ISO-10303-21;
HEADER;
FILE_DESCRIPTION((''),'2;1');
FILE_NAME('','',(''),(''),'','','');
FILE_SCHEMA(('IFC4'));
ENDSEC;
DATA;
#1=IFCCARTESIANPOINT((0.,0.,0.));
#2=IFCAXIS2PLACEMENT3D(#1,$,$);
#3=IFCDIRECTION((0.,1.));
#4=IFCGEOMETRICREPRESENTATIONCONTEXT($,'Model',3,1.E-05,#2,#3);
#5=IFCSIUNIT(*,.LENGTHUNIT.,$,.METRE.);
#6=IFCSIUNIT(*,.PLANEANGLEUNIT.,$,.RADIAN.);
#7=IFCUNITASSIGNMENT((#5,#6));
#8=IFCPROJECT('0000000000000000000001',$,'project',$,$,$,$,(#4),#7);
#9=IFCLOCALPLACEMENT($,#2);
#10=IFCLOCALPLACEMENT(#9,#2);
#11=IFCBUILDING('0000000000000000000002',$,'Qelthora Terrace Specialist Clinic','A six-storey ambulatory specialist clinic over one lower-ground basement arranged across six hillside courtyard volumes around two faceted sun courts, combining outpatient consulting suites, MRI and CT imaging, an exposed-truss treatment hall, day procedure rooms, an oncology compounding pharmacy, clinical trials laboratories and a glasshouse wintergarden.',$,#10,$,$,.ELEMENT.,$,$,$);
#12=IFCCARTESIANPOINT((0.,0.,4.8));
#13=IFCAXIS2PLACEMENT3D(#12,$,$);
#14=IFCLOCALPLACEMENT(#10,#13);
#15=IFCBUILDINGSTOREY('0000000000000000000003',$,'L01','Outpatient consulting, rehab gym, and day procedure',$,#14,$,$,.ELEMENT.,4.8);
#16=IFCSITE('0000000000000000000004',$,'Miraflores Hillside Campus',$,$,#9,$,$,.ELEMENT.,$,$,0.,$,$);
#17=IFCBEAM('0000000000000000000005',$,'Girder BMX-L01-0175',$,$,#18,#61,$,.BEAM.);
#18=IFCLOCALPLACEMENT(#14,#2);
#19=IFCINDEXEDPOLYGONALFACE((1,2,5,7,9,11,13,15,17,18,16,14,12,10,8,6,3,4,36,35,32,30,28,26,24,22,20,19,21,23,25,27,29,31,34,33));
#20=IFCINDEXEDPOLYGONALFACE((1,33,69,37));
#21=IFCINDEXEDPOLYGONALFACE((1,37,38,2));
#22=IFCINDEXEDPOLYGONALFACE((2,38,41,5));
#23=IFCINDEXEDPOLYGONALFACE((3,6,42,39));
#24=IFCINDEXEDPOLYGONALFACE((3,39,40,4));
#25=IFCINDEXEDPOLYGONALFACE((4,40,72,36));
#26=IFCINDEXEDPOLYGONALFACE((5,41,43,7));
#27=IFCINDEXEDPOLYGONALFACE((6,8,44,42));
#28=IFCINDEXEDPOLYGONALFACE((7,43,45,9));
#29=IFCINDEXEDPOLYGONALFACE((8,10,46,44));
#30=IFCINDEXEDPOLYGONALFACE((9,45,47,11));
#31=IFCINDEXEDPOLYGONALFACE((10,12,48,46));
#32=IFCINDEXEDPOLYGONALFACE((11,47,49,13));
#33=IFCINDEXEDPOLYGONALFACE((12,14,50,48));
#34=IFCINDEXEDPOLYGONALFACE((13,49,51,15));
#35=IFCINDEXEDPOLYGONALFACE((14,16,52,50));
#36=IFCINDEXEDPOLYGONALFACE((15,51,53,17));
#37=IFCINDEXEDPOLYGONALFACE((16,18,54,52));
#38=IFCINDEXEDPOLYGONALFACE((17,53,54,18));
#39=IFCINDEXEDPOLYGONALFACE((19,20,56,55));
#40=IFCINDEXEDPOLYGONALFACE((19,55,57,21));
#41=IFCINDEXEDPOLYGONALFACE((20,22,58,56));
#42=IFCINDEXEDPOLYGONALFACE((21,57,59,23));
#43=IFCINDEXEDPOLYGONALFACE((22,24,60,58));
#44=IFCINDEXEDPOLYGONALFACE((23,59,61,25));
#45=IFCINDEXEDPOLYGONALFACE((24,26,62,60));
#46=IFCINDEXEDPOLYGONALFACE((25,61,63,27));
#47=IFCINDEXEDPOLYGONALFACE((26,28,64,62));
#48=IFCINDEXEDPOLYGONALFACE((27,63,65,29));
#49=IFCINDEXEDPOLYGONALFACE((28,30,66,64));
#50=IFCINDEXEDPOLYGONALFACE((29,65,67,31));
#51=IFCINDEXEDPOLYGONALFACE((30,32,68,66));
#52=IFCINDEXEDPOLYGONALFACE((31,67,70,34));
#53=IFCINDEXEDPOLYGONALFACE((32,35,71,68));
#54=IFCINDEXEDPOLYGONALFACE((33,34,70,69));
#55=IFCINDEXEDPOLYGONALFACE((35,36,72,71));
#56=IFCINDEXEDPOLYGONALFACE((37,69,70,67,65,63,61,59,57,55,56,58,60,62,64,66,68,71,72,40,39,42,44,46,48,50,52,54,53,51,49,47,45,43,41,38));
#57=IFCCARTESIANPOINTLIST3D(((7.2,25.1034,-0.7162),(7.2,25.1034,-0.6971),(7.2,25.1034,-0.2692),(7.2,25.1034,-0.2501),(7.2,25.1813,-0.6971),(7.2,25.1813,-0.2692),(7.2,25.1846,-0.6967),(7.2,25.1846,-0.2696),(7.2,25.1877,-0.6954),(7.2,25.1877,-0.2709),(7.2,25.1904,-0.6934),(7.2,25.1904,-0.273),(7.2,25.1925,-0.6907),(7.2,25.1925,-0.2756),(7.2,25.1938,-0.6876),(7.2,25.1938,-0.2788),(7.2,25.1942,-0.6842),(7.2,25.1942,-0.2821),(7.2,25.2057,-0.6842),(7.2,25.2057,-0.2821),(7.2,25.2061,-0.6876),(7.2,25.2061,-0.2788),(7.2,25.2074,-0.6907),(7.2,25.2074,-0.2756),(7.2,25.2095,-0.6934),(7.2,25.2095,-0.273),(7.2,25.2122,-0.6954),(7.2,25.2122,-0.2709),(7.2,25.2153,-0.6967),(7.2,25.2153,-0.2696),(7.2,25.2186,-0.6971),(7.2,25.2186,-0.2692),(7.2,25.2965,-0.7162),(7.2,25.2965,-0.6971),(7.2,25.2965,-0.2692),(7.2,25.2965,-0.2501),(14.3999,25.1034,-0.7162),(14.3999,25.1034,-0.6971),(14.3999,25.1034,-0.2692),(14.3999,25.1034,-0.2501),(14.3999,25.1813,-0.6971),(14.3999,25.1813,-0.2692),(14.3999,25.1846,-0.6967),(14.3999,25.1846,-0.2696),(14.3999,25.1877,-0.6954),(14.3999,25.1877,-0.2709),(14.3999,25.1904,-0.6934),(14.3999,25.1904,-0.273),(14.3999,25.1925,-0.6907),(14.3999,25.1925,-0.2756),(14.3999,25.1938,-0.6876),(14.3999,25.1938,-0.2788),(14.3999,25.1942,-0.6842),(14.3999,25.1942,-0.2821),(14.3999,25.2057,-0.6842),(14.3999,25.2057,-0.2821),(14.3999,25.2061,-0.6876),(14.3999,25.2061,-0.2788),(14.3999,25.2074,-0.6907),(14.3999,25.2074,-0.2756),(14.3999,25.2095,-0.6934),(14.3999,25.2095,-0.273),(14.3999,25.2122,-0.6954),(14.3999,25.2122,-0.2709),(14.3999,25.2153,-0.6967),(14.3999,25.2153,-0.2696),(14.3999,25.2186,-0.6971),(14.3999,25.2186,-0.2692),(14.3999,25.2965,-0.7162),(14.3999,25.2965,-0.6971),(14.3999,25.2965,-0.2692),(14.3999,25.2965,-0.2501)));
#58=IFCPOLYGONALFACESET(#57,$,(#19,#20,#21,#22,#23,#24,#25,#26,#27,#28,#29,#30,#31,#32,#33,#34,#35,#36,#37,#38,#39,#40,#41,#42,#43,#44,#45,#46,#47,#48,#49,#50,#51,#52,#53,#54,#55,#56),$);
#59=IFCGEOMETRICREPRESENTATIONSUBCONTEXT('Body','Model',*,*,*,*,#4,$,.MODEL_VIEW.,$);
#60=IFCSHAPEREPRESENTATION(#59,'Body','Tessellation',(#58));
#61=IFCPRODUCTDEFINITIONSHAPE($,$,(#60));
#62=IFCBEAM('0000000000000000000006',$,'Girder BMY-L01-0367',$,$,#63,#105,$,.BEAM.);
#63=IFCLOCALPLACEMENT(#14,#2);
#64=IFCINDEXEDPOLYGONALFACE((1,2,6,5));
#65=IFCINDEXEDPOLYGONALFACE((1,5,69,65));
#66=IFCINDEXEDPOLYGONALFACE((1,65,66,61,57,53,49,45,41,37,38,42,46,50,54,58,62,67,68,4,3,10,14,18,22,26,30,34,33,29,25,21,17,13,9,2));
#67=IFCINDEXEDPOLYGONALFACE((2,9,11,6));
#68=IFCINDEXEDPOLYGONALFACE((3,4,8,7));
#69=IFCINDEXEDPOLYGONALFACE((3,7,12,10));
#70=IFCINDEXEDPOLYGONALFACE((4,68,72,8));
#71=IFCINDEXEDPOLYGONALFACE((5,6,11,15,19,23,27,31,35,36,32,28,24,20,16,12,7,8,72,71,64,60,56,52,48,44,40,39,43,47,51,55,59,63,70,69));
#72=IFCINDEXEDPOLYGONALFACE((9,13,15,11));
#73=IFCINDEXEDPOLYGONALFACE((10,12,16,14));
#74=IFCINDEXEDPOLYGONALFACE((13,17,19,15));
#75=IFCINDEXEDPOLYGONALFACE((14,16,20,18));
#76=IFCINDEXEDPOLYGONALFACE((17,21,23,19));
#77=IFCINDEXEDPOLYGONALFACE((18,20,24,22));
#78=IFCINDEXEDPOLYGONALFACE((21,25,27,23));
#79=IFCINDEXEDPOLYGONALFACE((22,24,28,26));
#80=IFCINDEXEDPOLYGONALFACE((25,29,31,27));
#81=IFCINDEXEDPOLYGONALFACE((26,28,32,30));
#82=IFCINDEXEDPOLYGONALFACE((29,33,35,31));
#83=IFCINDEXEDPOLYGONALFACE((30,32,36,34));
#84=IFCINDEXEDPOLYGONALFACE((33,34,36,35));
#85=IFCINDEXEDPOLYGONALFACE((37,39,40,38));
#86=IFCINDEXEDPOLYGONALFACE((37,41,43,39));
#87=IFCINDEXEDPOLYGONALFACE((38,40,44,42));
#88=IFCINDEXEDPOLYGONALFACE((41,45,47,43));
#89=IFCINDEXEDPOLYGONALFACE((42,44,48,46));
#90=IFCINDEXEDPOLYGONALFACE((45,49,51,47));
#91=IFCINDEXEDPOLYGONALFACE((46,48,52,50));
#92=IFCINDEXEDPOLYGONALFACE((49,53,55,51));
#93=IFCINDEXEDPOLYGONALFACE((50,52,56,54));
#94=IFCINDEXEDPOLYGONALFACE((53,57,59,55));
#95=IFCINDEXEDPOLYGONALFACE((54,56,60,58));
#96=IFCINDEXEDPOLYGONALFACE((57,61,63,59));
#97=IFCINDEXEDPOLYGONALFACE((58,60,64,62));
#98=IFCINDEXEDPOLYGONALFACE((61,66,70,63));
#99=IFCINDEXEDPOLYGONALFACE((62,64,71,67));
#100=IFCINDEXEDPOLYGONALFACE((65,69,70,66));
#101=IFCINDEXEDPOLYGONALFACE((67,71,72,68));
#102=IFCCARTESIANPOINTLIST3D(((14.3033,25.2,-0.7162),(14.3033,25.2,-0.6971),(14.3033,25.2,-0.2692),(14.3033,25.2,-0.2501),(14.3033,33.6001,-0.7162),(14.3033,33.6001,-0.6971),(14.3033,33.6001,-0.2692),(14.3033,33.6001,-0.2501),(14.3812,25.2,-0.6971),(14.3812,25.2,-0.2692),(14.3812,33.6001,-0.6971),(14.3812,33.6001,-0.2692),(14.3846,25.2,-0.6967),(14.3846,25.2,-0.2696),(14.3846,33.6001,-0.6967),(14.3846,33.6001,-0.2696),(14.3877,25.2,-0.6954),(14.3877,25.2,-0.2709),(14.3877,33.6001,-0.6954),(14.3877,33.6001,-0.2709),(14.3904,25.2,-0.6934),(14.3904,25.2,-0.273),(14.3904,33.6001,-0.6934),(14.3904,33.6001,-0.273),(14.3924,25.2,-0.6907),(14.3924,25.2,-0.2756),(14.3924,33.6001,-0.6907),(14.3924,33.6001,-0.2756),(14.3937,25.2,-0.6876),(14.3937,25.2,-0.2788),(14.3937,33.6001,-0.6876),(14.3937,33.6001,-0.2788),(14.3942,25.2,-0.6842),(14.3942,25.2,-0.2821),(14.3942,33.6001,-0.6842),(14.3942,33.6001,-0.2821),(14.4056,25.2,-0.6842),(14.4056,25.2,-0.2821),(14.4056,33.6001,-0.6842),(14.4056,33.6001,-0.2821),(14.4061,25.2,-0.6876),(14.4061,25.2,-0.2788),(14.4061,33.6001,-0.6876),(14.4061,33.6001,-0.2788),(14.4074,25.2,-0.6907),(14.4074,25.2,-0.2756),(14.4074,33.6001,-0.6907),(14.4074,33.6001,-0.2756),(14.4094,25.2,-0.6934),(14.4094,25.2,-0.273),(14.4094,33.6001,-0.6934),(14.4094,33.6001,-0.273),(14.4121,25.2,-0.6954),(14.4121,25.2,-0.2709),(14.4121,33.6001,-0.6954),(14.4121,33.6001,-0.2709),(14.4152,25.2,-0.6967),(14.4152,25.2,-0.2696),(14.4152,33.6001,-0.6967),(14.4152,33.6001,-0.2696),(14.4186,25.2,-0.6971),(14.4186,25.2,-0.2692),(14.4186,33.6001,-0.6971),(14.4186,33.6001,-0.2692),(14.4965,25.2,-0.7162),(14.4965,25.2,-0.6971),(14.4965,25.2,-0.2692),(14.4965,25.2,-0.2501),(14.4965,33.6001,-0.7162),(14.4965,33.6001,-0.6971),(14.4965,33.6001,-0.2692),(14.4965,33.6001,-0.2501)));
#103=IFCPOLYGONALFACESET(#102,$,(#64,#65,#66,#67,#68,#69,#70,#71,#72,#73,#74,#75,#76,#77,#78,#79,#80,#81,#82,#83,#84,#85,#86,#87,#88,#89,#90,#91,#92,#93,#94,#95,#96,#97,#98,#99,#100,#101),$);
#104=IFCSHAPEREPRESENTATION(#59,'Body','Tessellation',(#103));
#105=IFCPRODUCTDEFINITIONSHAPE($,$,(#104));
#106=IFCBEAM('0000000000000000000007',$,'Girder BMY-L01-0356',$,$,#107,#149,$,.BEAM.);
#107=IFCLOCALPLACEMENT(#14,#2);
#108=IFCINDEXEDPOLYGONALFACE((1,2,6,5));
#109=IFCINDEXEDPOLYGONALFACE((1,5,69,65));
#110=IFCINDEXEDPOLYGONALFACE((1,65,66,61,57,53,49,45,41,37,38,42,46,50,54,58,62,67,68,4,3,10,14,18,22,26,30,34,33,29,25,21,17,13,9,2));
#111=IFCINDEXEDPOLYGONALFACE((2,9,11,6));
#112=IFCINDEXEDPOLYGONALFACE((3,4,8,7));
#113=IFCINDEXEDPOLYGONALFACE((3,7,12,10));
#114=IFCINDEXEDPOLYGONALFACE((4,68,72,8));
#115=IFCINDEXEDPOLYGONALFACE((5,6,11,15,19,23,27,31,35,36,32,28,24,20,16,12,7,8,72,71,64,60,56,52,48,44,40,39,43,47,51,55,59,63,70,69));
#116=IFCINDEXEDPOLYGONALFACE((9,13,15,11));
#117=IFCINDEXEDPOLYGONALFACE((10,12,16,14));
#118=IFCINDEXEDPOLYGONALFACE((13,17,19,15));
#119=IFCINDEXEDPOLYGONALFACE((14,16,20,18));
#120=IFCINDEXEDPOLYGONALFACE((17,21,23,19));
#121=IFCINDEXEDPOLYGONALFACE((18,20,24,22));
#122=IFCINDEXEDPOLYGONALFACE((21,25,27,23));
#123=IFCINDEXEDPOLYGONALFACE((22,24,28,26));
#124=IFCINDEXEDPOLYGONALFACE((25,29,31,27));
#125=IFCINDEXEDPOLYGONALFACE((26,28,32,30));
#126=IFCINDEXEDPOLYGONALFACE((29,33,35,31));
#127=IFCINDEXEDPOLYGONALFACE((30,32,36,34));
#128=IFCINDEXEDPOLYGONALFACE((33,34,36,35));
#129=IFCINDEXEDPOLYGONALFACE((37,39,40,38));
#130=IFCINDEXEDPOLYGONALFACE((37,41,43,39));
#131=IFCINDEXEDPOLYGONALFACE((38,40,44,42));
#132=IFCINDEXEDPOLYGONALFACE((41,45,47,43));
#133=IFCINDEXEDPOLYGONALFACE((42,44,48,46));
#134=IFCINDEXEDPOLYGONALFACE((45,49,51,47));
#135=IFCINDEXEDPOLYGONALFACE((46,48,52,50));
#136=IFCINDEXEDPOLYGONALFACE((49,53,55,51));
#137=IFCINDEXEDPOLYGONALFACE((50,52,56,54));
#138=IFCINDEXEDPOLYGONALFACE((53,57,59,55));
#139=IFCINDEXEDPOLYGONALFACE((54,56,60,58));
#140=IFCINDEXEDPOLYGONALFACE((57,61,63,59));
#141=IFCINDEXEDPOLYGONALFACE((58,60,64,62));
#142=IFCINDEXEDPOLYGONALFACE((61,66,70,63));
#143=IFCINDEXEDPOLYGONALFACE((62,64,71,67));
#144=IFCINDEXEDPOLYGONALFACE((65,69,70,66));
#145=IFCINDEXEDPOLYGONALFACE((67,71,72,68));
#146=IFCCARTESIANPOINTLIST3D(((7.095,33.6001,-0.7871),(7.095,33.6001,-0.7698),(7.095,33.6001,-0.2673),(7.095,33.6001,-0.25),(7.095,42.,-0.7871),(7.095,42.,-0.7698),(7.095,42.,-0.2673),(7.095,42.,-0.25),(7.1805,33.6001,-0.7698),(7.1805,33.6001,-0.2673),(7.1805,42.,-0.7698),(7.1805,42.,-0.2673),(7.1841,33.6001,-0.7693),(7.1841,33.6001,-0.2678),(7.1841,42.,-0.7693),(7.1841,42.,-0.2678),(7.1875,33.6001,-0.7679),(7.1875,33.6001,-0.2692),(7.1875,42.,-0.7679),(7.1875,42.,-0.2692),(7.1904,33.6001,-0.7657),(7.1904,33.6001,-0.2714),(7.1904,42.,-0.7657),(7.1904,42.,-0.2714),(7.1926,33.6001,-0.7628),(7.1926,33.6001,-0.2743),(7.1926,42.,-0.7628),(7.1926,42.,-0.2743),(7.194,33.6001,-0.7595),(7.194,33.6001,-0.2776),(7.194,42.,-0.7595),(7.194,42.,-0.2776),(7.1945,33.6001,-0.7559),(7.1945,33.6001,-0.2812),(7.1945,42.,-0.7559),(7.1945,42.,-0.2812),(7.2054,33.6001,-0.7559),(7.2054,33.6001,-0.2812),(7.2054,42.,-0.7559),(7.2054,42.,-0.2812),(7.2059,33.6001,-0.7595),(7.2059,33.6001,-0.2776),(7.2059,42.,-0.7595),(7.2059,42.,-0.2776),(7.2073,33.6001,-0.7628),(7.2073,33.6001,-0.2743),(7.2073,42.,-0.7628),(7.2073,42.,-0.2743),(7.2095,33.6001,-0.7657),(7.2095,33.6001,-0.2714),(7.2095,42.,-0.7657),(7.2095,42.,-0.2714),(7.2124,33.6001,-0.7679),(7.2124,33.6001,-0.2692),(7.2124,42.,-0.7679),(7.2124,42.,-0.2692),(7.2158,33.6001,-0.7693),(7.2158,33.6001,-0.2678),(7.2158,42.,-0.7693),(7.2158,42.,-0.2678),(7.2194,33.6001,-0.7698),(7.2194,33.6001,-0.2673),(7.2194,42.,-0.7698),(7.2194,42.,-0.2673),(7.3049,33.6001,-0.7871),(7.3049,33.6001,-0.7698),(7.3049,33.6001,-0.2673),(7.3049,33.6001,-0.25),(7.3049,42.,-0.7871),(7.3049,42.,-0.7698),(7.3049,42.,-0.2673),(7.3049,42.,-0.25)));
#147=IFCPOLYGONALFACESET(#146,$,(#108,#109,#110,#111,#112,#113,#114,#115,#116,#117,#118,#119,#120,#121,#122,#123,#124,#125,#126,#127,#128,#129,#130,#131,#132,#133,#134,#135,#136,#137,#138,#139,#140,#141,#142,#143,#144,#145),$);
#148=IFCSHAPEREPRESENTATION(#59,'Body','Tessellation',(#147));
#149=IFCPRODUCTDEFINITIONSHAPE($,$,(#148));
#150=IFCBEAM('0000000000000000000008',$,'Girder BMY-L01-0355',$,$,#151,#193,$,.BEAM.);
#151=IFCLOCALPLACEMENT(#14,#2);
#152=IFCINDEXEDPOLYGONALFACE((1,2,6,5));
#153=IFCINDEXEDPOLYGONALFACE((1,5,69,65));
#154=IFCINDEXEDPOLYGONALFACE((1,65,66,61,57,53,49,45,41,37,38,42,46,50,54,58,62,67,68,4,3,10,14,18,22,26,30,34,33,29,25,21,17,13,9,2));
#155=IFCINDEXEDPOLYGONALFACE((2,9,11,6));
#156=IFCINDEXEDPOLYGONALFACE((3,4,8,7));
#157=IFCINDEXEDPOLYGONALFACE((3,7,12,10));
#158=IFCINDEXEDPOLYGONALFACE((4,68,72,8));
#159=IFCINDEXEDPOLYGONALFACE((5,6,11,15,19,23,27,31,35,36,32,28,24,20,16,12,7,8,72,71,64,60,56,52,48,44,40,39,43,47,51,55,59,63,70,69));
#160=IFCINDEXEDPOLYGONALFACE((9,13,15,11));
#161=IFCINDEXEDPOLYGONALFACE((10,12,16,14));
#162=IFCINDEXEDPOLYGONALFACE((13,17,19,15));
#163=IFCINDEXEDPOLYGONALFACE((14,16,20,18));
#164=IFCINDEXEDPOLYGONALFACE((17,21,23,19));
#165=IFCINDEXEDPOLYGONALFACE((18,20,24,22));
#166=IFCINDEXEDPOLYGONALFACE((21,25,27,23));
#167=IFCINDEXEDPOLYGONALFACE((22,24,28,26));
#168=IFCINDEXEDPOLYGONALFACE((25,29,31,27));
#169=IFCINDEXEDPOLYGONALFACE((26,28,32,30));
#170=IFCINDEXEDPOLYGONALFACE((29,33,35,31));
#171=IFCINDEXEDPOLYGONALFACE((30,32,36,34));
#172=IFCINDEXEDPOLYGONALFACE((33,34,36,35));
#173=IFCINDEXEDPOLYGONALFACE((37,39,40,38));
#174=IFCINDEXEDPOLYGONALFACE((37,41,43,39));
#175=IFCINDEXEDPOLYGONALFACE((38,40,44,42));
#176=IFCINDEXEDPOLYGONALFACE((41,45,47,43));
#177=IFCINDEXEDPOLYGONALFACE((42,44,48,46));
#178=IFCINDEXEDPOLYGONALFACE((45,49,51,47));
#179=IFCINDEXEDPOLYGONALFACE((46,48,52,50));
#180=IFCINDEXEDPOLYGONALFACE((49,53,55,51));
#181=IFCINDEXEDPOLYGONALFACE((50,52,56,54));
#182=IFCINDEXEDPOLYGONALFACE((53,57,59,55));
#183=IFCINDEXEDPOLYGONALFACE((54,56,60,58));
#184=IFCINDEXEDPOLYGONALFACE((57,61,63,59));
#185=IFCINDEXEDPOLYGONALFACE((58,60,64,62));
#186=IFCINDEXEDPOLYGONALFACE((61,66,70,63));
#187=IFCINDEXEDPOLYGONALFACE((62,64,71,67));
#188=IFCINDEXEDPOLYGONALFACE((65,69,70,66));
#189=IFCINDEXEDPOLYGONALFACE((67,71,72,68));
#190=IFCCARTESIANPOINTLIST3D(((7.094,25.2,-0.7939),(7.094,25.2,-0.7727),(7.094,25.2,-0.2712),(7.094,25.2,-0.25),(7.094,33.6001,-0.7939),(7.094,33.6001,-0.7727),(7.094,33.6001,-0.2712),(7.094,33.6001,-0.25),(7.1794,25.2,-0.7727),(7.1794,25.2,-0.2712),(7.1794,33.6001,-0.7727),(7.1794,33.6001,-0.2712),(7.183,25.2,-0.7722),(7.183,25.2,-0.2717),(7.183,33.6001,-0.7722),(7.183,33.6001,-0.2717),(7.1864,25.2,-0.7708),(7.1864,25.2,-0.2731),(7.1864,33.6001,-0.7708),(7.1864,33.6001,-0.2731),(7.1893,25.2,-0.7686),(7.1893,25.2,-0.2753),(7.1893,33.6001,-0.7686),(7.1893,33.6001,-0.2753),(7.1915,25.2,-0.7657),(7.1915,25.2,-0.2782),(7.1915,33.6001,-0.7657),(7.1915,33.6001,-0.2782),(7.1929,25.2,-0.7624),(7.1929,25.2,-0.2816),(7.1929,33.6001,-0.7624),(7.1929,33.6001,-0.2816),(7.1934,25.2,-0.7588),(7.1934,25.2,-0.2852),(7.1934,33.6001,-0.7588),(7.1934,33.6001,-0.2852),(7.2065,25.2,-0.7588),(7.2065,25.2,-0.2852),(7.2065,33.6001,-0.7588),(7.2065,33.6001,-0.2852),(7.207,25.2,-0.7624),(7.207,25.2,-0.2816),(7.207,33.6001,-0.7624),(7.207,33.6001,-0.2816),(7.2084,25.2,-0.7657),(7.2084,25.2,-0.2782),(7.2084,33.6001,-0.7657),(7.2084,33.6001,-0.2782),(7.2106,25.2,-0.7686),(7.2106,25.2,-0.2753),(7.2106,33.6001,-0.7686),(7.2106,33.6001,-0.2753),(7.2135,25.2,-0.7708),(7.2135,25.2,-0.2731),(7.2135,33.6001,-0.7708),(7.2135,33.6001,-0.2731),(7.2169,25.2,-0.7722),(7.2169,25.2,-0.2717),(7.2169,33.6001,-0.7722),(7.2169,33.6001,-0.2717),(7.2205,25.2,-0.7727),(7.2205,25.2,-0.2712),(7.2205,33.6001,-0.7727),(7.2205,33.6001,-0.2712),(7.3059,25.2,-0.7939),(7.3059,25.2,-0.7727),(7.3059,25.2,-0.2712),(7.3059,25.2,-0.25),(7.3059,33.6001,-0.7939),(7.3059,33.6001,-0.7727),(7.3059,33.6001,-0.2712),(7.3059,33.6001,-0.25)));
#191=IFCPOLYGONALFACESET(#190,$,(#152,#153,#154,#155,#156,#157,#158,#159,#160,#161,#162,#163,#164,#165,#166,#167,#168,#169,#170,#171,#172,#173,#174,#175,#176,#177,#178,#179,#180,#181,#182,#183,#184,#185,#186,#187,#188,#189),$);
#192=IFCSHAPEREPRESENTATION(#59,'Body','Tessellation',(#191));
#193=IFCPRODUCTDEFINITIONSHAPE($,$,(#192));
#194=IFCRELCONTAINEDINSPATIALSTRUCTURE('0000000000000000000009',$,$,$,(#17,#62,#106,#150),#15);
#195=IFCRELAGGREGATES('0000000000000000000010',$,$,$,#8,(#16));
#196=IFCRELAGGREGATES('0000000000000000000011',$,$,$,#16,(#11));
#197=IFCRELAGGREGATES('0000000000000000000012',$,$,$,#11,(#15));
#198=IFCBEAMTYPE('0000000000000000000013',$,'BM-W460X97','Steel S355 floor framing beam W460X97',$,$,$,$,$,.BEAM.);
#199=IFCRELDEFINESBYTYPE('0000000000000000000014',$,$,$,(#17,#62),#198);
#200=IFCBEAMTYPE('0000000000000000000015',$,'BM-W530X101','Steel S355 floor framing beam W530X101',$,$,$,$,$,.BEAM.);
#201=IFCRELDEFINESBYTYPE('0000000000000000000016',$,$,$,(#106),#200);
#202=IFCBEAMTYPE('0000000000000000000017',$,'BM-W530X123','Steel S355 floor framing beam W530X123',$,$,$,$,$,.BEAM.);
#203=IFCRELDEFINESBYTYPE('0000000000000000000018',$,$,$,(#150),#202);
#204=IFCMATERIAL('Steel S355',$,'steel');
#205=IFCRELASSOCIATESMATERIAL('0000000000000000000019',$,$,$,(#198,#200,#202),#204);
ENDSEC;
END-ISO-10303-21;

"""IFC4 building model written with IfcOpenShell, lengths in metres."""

from ifc_helpers import new_model, si_unit, direction, frame, origin, origin_2d, place, context, subcontext, project, spatial, i_section, extrude, material, material_profile, profile_set, type_object, element, save


model = new_model("IFC4")

# Units and contexts
model_context = context("Model", 3, precision=1e-05, world=origin(), true_north=direction((0.0, 1.0)))
body_context = subcontext(model_context, "Body", "Model", "MODEL_VIEW")
ifc_project = project(units=[si_unit("LENGTHUNIT", "METRE"), si_unit("PLANEANGLEUNIT", "RADIAN")], contexts=[model_context])

# Site, building, storey
site_placement = place(None, origin())
site = spatial("IfcSite", under=ifc_project, at=site_placement, Name="Miraflores Hillside Campus", CompositionType="ELEMENT", RefElevation=0.0)
building_placement = place(site_placement, origin())
building = spatial("IfcBuilding", under=site, at=building_placement, Name="Qelthora Terrace Specialist Clinic", Description="A six-storey ambulatory specialist clinic over one lower-ground basement arranged across six hillside courtyard volumes around two faceted sun courts, combining outpatient consulting suites, MRI and CT imaging, an exposed-truss treatment hall, day procedure rooms, an oncology compounding pharmacy, clinical trials laboratories and a glasshouse wintergarden.", CompositionType="ELEMENT")
storey_placement = place(building_placement, frame((0.0, 0.0, 4.8)))
storey = spatial("IfcBuildingStorey", under=building, at=storey_placement, Name="L01", Description="Outpatient consulting, rehab gym, and day procedure", CompositionType="ELEMENT", Elevation=4.8)

# Shared definitions
ifc_material_1 = material(Name="Steel S355", Category="steel")

# Beams
ifc_material_profile_1 = material_profile(ifc_material_1, i_section(OverallWidth=0.1931, OverallDepth=0.4661, WebThickness=0.0115, FlangeThickness=0.019, FilletRadius=0.0129, at=origin_2d()), Name="W460X97")
ifc_profile_set_1 = profile_set([ifc_material_profile_1], Name="Steel S355")
beam_type_1 = type_object("IfcBeamType", Name="BM-W460X97", Description="Steel S355 floor framing beam W460X97", PredefinedType="BEAM", material=ifc_profile_set_1)
beam_1_placement = place(storey_placement, frame((7.2, 25.2, -0.4832), z_axis=(1.0, 0.0, 0.0), x_axis=(0.0, 1.0, 0.0)))
element("IfcBeam", 1, at=beam_1_placement, inside=storey, type_object=beam_type_1, Name="Girder BMX-L01-0175", PredefinedType="BEAM", context=body_context, shape_type="SweptSolid", body=[
    extrude(i_section(OverallWidth=0.1931, OverallDepth=0.4661, WebThickness=0.0115, FlangeThickness=0.019, FilletRadius=0.0129, at=origin_2d()), origin(), (0.0, 0.0, 1.0), 7.2),
])
beam_2_placement = place(storey_placement, frame((14.3999, 25.2, -0.4832), z_axis=(0.0, 1.0, 0.0), x_axis=(-1.0, 0.0, 0.0)))
element("IfcBeam", 2, at=beam_2_placement, inside=storey, type_object=beam_type_1, Name="Girder BMY-L01-0367", PredefinedType="BEAM", context=body_context, shape_type="SweptSolid", body=[
    extrude(i_section(OverallWidth=0.1931, OverallDepth=0.4661, WebThickness=0.0115, FlangeThickness=0.019, FilletRadius=0.0129, at=origin_2d()), origin(), (0.0, 0.0, 1.0), 8.4001),
])
ifc_material_profile_2 = material_profile(ifc_material_1, i_section(OverallWidth=0.21, OverallDepth=0.5371, WebThickness=0.011, FlangeThickness=0.0173, FilletRadius=0.0139, at=origin_2d()), Name="W530X101")
ifc_profile_set_2 = profile_set([ifc_material_profile_2], Name="Steel S355")
beam_type_2 = type_object("IfcBeamType", Name="BM-W530X101", Description="Steel S355 floor framing beam W530X101", PredefinedType="BEAM", material=ifc_profile_set_2)
beam_3_placement = place(storey_placement, frame((7.2, 33.6001, -0.5186), z_axis=(0.0, 1.0, 0.0), x_axis=(-1.0, 0.0, 0.0)))
element("IfcBeam", 3, at=beam_3_placement, inside=storey, type_object=beam_type_2, Name="Girder BMY-L01-0356", PredefinedType="BEAM", context=body_context, shape_type="SweptSolid", body=[
    extrude(i_section(OverallWidth=0.21, OverallDepth=0.5371, WebThickness=0.011, FlangeThickness=0.0173, FilletRadius=0.0139, at=origin_2d()), origin(), (0.0, 0.0, 1.0), 8.3999),
])
ifc_material_profile_3 = material_profile(ifc_material_1, i_section(OverallWidth=0.2119, OverallDepth=0.5439, WebThickness=0.0132, FlangeThickness=0.0212, FilletRadius=0.0139, at=origin_2d()), Name="W530X123")
ifc_profile_set_3 = profile_set([ifc_material_profile_3], Name="Steel S355")
beam_type_3 = type_object("IfcBeamType", Name="BM-W530X123", Description="Steel S355 floor framing beam W530X123", PredefinedType="BEAM", material=ifc_profile_set_3)
beam_4_placement = place(storey_placement, frame((7.2, 25.2, -0.522), z_axis=(0.0, 1.0, 0.0), x_axis=(-1.0, 0.0, 0.0)))
element("IfcBeam", 4, at=beam_4_placement, inside=storey, type_object=beam_type_3, Name="Girder BMY-L01-0355", PredefinedType="BEAM", context=body_context, shape_type="SweptSolid", body=[
    extrude(i_section(OverallWidth=0.2119, OverallDepth=0.5439, WebThickness=0.0132, FlangeThickness=0.0212, FilletRadius=0.0139, at=origin_2d()), origin(), (0.0, 0.0, 1.0), 8.4001),
])

save(model, "model.ifc")
